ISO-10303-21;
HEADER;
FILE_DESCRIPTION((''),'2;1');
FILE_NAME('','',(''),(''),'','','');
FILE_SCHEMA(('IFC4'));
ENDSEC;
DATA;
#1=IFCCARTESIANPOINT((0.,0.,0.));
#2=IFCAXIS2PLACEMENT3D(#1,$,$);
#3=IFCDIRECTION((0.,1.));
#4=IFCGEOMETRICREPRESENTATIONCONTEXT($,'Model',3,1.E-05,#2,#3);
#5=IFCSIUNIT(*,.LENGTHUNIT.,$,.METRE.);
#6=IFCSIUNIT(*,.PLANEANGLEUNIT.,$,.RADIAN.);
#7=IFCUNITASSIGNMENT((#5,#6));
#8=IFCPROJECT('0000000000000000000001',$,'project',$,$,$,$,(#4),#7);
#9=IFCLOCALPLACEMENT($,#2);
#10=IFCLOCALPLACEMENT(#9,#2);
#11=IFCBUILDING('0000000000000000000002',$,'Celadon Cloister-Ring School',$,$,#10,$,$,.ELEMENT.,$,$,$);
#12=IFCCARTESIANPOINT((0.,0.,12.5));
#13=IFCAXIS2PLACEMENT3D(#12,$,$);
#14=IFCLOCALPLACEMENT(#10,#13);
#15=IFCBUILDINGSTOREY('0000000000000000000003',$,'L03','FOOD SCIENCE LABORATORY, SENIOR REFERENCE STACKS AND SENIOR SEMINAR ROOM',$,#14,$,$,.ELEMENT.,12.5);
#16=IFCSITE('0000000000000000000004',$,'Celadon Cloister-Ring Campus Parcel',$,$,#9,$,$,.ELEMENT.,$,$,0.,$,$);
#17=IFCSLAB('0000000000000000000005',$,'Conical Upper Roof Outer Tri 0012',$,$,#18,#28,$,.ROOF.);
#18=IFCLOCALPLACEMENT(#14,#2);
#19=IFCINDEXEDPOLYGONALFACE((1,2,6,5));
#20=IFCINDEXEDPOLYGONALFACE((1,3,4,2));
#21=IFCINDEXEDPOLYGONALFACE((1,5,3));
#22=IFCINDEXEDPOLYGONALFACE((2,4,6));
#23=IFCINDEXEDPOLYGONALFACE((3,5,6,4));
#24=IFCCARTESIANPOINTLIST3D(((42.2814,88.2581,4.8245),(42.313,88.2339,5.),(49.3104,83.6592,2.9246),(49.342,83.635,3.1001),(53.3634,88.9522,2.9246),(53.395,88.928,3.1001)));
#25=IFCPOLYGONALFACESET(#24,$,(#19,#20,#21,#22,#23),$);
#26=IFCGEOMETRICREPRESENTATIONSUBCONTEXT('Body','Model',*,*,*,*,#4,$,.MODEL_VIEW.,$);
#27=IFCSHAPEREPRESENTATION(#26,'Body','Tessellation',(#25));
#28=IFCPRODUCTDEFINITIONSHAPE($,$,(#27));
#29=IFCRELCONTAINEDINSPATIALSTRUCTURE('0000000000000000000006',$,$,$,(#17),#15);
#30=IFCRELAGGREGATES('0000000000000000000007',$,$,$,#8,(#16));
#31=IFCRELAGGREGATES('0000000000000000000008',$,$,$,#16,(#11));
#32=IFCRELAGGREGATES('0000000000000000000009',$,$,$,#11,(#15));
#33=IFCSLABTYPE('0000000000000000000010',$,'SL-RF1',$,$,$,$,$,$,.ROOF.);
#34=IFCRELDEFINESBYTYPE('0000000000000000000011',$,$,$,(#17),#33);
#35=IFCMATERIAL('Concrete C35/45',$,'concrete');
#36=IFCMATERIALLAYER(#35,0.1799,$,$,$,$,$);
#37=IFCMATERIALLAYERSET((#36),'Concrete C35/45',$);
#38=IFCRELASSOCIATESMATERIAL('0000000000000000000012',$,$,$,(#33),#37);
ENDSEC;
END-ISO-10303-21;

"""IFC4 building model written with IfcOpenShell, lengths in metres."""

from ifc_helpers import new_model, si_unit, direction, frame, origin, place, context, subcontext, project, spatial, polyline, outline, extrude, material, layer, layer_set, type_object, element, save


model = new_model("IFC4")

# Units and contexts
model_context = context("Model", 3, precision=1e-05, world=origin(), true_north=direction((0.0, 1.0)))
body_context = subcontext(model_context, "Body", "Model", "MODEL_VIEW")
ifc_project = project(units=[si_unit("LENGTHUNIT", "METRE"), si_unit("PLANEANGLEUNIT", "RADIAN")], contexts=[model_context])

# Site, building, storey
site_placement = place(None, origin())
site = spatial("IfcSite", under=ifc_project, at=site_placement, Name="Celadon Cloister-Ring Campus Parcel", CompositionType="ELEMENT", RefElevation=0.0)
building_placement = place(site_placement, origin())
building = spatial("IfcBuilding", under=site, at=building_placement, Name="Celadon Cloister-Ring School", CompositionType="ELEMENT")
storey_placement = place(building_placement, frame((0.0, 0.0, 12.5)))
storey = spatial("IfcBuildingStorey", under=building, at=storey_placement, Name="L03", Description="FOOD SCIENCE LABORATORY, SENIOR REFERENCE STACKS AND SENIOR SEMINAR ROOM", CompositionType="ELEMENT", Elevation=12.5)

# Slab
ifc_material_1 = material(Name="Concrete C35/45", Category="concrete")
ifc_layer_1 = layer(ifc_material_1, 0.1799)
ifc_layer_set_1 = layer_set([ifc_layer_1], Name="Concrete C35/45")
slab_type = type_object("IfcSlabType", Name="SL-RF1", PredefinedType="ROOF", material=ifc_layer_set_1)
slab_1_placement = place(storey_placement, frame((53.395, 88.928, 3.1001), z_axis=(0.175616, -0.134474, 0.975231), x_axis=(-0.983748, -0.061614, 0.168654)))
element("IfcSlab", 1, at=slab_1_placement, inside=storey, type_object=slab_type, Name="Conical Upper Roof Outer Tri 0012", PredefinedType="ROOF", context=body_context, shape_type="SweptSolid", body=[
    extrude(outline(polyline([(0.0, 0.0), (11.2651, 0.0), (4.3132, 5.0831), (0.0, 0.0)])), origin(), (0.0, 0.0, -1.0), 0.1799),
])

save(model, "model.ifc")
